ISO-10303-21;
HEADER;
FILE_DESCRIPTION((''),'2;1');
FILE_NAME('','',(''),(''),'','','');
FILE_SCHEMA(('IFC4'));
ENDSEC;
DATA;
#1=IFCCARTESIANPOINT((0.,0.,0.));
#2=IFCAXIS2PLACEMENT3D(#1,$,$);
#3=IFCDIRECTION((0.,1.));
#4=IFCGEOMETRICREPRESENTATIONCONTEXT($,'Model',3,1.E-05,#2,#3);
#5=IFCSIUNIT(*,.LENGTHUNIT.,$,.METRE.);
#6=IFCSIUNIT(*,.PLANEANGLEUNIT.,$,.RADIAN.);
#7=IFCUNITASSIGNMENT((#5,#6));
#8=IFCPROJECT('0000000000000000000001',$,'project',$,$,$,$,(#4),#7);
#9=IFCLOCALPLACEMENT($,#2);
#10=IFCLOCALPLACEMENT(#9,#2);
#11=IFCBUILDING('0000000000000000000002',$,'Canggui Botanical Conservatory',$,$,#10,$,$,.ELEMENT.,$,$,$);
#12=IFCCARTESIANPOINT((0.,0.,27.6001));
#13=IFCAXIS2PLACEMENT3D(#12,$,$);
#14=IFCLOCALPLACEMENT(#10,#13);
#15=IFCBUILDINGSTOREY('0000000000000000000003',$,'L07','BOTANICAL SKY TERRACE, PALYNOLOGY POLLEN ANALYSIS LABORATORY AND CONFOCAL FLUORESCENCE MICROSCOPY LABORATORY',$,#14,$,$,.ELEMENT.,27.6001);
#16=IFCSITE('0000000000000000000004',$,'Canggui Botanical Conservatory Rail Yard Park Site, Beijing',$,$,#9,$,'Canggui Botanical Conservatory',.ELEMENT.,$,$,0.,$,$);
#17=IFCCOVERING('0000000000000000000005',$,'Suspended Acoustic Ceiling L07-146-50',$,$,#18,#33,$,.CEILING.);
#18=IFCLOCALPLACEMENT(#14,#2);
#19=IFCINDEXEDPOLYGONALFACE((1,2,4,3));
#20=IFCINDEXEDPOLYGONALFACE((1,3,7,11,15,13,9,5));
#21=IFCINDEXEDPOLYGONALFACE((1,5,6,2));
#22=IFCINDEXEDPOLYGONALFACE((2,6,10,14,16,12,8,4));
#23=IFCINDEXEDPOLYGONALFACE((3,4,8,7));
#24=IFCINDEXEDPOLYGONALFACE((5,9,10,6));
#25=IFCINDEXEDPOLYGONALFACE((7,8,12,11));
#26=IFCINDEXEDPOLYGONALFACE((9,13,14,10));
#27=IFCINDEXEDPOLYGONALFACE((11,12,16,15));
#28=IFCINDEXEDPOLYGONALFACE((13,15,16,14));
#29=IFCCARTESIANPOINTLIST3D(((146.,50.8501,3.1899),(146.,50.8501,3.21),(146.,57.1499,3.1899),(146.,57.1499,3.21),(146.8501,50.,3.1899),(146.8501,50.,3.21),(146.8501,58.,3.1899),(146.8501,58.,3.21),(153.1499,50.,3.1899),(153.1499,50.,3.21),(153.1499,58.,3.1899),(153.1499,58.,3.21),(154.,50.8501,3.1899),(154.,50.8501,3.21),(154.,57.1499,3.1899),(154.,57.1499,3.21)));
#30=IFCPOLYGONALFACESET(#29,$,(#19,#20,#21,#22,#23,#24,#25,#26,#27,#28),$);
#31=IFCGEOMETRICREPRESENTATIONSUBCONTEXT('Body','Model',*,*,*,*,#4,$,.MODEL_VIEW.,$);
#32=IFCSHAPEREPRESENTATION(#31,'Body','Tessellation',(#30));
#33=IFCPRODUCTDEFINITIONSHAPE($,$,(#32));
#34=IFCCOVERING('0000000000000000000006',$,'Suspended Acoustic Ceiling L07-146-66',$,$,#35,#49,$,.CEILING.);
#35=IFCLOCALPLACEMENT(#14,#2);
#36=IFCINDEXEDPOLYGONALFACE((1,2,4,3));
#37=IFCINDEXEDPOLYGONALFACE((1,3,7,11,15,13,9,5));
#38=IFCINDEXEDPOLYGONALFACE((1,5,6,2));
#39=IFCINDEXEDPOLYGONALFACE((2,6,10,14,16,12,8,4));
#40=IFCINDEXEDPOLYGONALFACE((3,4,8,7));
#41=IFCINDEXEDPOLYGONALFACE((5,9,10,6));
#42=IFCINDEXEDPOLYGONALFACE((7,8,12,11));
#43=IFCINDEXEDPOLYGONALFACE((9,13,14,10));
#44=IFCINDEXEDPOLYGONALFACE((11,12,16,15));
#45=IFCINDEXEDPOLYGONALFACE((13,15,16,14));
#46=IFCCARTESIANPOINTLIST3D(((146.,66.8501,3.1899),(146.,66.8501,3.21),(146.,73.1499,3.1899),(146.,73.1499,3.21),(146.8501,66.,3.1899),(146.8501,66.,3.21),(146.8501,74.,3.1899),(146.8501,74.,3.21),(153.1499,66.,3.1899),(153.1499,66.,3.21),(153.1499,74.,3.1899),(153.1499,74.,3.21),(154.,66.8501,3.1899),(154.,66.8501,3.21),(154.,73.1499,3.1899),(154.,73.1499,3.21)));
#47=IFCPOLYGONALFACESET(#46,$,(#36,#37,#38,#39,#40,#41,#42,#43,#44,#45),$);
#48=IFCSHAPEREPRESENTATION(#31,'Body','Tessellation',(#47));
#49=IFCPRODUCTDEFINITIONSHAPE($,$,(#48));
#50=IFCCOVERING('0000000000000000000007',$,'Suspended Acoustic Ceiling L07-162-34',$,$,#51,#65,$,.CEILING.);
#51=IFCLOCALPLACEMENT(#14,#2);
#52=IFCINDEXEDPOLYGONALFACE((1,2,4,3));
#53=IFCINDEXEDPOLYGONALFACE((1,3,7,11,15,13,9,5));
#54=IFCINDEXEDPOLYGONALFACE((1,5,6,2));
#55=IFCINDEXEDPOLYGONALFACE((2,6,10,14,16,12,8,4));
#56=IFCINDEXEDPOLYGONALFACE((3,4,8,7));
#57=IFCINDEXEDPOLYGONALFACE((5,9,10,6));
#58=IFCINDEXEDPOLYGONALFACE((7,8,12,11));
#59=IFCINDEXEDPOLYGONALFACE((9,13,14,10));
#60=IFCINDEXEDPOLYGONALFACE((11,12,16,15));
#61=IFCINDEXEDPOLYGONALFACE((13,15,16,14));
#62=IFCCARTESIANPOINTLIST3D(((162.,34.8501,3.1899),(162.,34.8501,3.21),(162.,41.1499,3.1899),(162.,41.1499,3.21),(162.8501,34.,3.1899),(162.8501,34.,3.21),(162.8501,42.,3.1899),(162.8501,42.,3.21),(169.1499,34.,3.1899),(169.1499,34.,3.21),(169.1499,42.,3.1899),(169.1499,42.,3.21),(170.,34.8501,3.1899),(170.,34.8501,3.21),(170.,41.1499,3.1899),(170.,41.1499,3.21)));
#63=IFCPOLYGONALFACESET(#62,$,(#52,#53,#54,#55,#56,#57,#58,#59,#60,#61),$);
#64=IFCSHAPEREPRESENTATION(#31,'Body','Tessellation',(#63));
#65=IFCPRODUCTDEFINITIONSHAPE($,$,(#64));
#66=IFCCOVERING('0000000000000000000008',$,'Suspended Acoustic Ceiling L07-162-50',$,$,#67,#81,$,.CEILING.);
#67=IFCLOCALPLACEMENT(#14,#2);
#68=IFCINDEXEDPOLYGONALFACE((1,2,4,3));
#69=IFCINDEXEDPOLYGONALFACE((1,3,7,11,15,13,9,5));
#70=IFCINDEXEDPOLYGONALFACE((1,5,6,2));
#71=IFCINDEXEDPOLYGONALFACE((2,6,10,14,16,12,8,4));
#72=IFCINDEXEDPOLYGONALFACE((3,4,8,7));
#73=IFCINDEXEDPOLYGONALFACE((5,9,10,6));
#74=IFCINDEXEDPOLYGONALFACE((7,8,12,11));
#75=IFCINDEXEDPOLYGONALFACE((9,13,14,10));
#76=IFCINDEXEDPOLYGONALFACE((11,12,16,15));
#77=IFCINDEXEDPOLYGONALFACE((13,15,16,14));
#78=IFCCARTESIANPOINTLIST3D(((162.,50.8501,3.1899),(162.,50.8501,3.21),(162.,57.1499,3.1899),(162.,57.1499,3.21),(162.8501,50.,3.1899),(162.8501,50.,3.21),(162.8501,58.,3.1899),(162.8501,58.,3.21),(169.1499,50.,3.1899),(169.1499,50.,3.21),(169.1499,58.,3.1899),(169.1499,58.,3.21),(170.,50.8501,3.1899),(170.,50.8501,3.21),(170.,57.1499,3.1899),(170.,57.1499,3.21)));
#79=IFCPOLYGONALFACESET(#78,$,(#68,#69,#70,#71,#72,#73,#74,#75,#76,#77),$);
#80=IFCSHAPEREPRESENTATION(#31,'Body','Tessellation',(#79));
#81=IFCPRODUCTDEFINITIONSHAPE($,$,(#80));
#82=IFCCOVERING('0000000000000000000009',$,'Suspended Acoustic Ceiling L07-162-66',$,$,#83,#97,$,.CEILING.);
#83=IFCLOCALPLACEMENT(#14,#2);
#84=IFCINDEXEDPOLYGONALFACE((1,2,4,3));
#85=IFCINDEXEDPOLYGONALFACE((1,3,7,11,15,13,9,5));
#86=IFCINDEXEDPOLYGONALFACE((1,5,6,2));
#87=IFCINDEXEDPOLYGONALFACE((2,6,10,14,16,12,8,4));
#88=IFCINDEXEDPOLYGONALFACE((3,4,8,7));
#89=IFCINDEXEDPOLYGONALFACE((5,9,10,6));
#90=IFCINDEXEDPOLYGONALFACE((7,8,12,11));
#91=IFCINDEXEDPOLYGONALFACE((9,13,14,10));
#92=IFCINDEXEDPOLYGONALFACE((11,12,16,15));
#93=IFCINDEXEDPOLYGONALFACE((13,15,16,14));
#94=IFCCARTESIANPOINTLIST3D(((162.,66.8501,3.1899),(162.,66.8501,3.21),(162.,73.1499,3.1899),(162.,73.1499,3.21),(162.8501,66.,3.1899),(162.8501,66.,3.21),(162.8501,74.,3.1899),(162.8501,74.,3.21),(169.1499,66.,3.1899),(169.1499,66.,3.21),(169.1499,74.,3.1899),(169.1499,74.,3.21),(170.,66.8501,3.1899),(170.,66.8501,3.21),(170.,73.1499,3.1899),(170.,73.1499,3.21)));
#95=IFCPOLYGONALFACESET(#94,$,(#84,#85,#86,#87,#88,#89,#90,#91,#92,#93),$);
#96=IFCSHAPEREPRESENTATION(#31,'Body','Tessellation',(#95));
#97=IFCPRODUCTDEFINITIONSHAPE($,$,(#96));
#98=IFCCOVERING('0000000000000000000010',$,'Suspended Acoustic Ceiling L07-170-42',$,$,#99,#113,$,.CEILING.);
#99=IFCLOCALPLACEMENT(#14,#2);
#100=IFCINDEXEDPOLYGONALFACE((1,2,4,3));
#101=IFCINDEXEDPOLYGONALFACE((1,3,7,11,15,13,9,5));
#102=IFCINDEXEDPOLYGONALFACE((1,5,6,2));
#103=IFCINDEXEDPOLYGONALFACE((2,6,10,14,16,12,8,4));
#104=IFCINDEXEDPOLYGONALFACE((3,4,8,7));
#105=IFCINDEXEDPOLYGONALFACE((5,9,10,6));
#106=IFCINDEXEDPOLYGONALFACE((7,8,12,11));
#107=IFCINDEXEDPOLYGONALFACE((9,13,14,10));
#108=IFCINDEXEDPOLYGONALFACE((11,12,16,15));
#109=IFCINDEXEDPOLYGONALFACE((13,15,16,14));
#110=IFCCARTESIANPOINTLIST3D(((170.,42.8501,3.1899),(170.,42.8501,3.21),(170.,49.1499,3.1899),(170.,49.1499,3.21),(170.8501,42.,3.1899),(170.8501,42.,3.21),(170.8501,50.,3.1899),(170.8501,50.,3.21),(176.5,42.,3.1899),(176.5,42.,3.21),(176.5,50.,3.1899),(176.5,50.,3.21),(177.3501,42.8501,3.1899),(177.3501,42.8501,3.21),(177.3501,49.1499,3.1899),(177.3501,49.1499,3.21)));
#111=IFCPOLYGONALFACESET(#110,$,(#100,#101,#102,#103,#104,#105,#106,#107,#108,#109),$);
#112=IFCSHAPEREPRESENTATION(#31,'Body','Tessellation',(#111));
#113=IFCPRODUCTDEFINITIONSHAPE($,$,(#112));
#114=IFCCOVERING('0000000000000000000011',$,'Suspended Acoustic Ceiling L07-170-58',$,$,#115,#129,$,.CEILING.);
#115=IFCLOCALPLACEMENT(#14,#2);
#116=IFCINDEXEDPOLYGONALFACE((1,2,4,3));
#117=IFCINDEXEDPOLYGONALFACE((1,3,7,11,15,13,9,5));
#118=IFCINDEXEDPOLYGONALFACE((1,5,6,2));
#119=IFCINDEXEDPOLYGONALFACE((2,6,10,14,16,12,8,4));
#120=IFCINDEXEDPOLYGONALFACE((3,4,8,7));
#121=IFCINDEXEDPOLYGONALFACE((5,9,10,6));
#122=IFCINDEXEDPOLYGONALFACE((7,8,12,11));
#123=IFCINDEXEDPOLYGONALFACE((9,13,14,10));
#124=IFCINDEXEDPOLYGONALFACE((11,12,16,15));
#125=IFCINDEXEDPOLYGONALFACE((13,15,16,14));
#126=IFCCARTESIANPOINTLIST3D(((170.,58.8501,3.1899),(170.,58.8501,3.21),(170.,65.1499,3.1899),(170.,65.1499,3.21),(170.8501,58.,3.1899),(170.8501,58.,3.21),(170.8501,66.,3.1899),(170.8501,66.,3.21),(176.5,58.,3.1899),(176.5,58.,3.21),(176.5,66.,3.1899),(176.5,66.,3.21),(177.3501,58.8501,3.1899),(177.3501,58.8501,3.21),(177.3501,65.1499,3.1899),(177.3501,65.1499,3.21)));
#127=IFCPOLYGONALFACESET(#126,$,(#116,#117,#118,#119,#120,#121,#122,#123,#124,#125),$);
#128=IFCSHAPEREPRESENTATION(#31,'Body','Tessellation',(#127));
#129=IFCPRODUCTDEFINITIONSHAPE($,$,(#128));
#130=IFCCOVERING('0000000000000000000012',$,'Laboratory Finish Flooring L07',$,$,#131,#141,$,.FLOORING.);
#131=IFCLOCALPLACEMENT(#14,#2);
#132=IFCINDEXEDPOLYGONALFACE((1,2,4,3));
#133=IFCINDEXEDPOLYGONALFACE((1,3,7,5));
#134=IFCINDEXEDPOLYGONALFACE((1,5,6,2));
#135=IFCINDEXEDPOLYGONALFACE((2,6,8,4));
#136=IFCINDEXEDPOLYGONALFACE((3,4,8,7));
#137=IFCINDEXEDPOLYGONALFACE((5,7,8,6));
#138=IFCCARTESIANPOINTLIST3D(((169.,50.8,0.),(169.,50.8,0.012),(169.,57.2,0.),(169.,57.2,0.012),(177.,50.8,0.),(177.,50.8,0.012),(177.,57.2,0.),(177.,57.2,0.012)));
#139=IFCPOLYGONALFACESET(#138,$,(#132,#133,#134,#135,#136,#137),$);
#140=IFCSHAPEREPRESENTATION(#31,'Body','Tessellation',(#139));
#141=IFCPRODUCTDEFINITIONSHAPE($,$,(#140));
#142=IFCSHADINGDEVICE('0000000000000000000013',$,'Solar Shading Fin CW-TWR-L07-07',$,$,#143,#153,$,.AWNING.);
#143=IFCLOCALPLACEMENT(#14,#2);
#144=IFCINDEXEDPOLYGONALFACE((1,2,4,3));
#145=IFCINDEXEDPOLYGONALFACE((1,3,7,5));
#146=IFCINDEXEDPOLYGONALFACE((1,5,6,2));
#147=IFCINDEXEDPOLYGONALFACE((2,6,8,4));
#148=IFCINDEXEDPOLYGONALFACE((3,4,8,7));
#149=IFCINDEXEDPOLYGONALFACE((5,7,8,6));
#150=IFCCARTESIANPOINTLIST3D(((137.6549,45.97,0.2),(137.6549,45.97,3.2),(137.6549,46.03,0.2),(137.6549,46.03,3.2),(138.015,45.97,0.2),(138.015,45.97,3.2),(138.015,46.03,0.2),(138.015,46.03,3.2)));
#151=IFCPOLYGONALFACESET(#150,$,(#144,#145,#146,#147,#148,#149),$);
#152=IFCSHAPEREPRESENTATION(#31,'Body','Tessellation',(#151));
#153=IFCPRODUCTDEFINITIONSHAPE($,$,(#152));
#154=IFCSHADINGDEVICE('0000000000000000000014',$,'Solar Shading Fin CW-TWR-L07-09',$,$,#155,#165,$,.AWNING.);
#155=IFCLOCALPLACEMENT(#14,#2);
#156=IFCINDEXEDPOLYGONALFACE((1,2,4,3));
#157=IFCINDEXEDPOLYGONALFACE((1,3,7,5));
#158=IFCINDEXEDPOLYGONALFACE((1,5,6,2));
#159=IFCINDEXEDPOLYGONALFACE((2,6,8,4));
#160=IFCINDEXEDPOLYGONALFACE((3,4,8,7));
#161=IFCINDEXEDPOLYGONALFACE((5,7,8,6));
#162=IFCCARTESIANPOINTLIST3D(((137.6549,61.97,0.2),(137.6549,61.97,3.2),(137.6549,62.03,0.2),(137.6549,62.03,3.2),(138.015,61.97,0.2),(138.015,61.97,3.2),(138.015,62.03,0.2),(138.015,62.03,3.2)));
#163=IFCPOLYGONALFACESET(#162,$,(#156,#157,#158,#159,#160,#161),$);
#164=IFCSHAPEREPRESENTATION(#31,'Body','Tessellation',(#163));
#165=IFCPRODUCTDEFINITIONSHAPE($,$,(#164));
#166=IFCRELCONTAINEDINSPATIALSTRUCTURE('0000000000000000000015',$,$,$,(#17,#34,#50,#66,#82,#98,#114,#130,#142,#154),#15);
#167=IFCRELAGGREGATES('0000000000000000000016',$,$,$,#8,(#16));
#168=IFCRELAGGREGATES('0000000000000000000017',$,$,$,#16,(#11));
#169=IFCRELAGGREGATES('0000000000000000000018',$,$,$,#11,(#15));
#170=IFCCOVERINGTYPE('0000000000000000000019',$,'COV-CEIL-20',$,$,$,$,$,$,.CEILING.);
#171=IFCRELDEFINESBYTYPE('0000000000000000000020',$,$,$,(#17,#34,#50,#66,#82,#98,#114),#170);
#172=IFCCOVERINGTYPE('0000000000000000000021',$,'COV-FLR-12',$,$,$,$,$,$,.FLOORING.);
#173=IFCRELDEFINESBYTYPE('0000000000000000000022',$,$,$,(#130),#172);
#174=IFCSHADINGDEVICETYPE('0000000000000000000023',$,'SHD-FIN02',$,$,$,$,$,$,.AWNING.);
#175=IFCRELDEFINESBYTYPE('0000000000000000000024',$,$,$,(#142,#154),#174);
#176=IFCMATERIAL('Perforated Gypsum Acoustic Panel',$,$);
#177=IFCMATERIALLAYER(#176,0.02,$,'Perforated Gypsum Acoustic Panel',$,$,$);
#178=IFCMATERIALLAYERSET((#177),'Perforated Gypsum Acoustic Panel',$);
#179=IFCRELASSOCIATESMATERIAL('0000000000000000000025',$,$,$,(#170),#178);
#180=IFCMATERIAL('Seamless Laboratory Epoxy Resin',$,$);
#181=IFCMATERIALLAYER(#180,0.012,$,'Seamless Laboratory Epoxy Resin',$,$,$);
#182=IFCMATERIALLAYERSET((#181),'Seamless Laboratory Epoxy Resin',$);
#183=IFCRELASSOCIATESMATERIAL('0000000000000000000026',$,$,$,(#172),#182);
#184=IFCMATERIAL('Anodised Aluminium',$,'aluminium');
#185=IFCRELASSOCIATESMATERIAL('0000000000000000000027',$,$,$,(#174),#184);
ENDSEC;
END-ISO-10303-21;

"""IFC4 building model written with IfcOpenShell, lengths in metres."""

from ifc_helpers import new_model, si_unit, direction, frame, origin, origin_2d, place, context, subcontext, project, spatial, polyline, rectangle, outline, extrude, material, layer, layer_set, type_object, element, save


model = new_model("IFC4")

# Units and contexts
model_context = context("Model", 3, precision=1e-05, world=origin(), true_north=direction((0.0, 1.0)))
body_context = subcontext(model_context, "Body", "Model", "MODEL_VIEW")
ifc_project = project(units=[si_unit("LENGTHUNIT", "METRE"), si_unit("PLANEANGLEUNIT", "RADIAN")], contexts=[model_context])

# Site, building, storey
site_placement = place(None, origin())
site = spatial("IfcSite", under=ifc_project, at=site_placement, Name="Canggui Botanical Conservatory Rail Yard Park Site, Beijing", LongName="Canggui Botanical Conservatory", CompositionType="ELEMENT", RefElevation=0.0)
building_placement = place(site_placement, origin())
building = spatial("IfcBuilding", under=site, at=building_placement, Name="Canggui Botanical Conservatory", CompositionType="ELEMENT")
storey_placement = place(building_placement, frame((0.0, 0.0, 27.6001)))
storey = spatial("IfcBuildingStorey", under=building, at=storey_placement, Name="L07", Description="BOTANICAL SKY TERRACE, PALYNOLOGY POLLEN ANALYSIS LABORATORY AND CONFOCAL FLUORESCENCE MICROSCOPY LABORATORY", CompositionType="ELEMENT", Elevation=27.6001)

# Coverings
ifc_material_1 = material(Name="Perforated Gypsum Acoustic Panel")
ifc_layer_1 = layer(ifc_material_1, 0.02, Name="Perforated Gypsum Acoustic Panel")
ifc_layer_set_1 = layer_set([ifc_layer_1], Name="Perforated Gypsum Acoustic Panel")
covering_type_1 = type_object("IfcCoveringType", Name="COV-CEIL-20", PredefinedType="CEILING", material=ifc_layer_set_1)
covering_1_placement = place(storey_placement, frame((0.0, 0.0, 3.1899)))
element("IfcCovering", 1, at=covering_1_placement, inside=storey, type_object=covering_type_1, Name="Suspended Acoustic Ceiling L07-146-50", PredefinedType="CEILING", context=body_context, shape_type="SweptSolid", body=[
    extrude(outline(polyline([(146.8501, 50.0), (153.1499, 50.0), (154.0, 50.8501), (154.0, 57.1499), (153.1499, 58.0), (146.8501, 58.0), (146.0, 57.1499), (146.0, 50.8501), (146.8501, 50.0)])), origin(), (0.0, 0.0, 1.0), 0.02),
])
covering_2_placement = place(storey_placement, frame((0.0, 0.0, 3.1899)))
element("IfcCovering", 2, at=covering_2_placement, inside=storey, type_object=covering_type_1, Name="Suspended Acoustic Ceiling L07-146-66", PredefinedType="CEILING", context=body_context, shape_type="SweptSolid", body=[
    extrude(outline(polyline([(146.8501, 66.0), (153.1499, 66.0), (154.0, 66.8501), (154.0, 73.1499), (153.1499, 74.0), (146.8501, 74.0), (146.0, 73.1499), (146.0, 66.8501), (146.8501, 66.0)])), origin(), (0.0, 0.0, 1.0), 0.02),
])
covering_3_placement = place(storey_placement, frame((0.0, 0.0, 3.1899)))
element("IfcCovering", 3, at=covering_3_placement, inside=storey, type_object=covering_type_1, Name="Suspended Acoustic Ceiling L07-162-34", PredefinedType="CEILING", context=body_context, shape_type="SweptSolid", body=[
    extrude(outline(polyline([(162.8501, 34.0), (169.1499, 34.0), (170.0, 34.8501), (170.0, 41.1499), (169.1499, 42.0), (162.8501, 42.0), (162.0, 41.1499), (162.0, 34.8501), (162.8501, 34.0)])), origin(), (0.0, 0.0, 1.0), 0.02),
])
covering_4_placement = place(storey_placement, frame((0.0, 0.0, 3.1899)))
element("IfcCovering", 4, at=covering_4_placement, inside=storey, type_object=covering_type_1, Name="Suspended Acoustic Ceiling L07-162-50", PredefinedType="CEILING", context=body_context, shape_type="SweptSolid", body=[
    extrude(outline(polyline([(162.8501, 50.0), (169.1499, 50.0), (170.0, 50.8501), (170.0, 57.1499), (169.1499, 58.0), (162.8501, 58.0), (162.0, 57.1499), (162.0, 50.8501), (162.8501, 50.0)])), origin(), (0.0, 0.0, 1.0), 0.02),
])
covering_5_placement = place(storey_placement, frame((0.0, 0.0, 3.1899)))
element("IfcCovering", 5, at=covering_5_placement, inside=storey, type_object=covering_type_1, Name="Suspended Acoustic Ceiling L07-162-66", PredefinedType="CEILING", context=body_context, shape_type="SweptSolid", body=[
    extrude(outline(polyline([(162.8501, 66.0), (169.1499, 66.0), (170.0, 66.8501), (170.0, 73.1499), (169.1499, 74.0), (162.8501, 74.0), (162.0, 73.1499), (162.0, 66.8501), (162.8501, 66.0)])), origin(), (0.0, 0.0, 1.0), 0.02),
])
covering_6_placement = place(storey_placement, frame((0.0, 0.0, 3.1899)))
element("IfcCovering", 6, at=covering_6_placement, inside=storey, type_object=covering_type_1, Name="Suspended Acoustic Ceiling L07-170-42", PredefinedType="CEILING", context=body_context, shape_type="SweptSolid", body=[
    extrude(outline(polyline([(170.8501, 42.0), (176.5, 42.0), (177.3501, 42.8501), (177.3501, 49.1499), (176.5, 50.0), (170.8501, 50.0), (170.0, 49.1499), (170.0, 42.8501), (170.8501, 42.0)])), origin(), (0.0, 0.0, 1.0), 0.02),
])
covering_7_placement = place(storey_placement, frame((0.0, 0.0, 3.1899)))
element("IfcCovering", 7, at=covering_7_placement, inside=storey, type_object=covering_type_1, Name="Suspended Acoustic Ceiling L07-170-58", PredefinedType="CEILING", context=body_context, shape_type="SweptSolid", body=[
    extrude(outline(polyline([(170.8501, 58.0), (176.5, 58.0), (177.3501, 58.8501), (177.3501, 65.1499), (176.5, 66.0), (170.8501, 66.0), (170.0, 65.1499), (170.0, 58.8501), (170.8501, 58.0)])), origin(), (0.0, 0.0, 1.0), 0.02),
])
ifc_material_2 = material(Name="Seamless Laboratory Epoxy Resin")
ifc_layer_2 = layer(ifc_material_2, 0.012, Name="Seamless Laboratory Epoxy Resin")
ifc_layer_set_2 = layer_set([ifc_layer_2], Name="Seamless Laboratory Epoxy Resin")
covering_type_2 = type_object("IfcCoveringType", Name="COV-FLR-12", PredefinedType="FLOORING", material=ifc_layer_set_2)
covering_8_placement = place(storey_placement, origin())
element("IfcCovering", 8, at=covering_8_placement, inside=storey, type_object=covering_type_2, Name="Laboratory Finish Flooring L07", PredefinedType="FLOORING", context=body_context, shape_type="SweptSolid", body=[
    extrude(outline(polyline([(169.0, 50.8), (177.0, 50.8), (177.0, 57.2), (169.0, 57.2), (169.0, 50.8)])), origin(), (0.0, 0.0, 1.0), 0.012),
])

# Shading devices
ifc_material_3 = material(Name="Anodised Aluminium", Category="aluminium")
shading_device_type = type_object("IfcShadingDeviceType", Name="SHD-FIN02", PredefinedType="AWNING", material=ifc_material_3)
for number, where, z_axis, x_axis, name in (
    (9, (137.835, 46.0, 0.2), (0.0, 0.0, 1.0), (0.0, 1.0, 0.0), "Solar Shading Fin CW-TWR-L07-07"),
    (10, (137.835, 62.0, 0.2), (0.0, 0.0, 1.0), (0.0, 1.0, 0.0), "Solar Shading Fin CW-TWR-L07-09"),
):
    element("IfcShadingDevice", number, at=place(storey_placement, frame(where, z_axis=z_axis, x_axis=x_axis)), inside=storey, type_object=shading_device_type, Name=name, PredefinedType="AWNING", context=body_context, shape_type="SweptSolid", body=[
        extrude(rectangle(XDim=0.0601, YDim=0.3601, at=origin_2d()), origin(), (0.0, 0.0, 1.0), 3.0),
    ])

save(model, "model.ifc")
